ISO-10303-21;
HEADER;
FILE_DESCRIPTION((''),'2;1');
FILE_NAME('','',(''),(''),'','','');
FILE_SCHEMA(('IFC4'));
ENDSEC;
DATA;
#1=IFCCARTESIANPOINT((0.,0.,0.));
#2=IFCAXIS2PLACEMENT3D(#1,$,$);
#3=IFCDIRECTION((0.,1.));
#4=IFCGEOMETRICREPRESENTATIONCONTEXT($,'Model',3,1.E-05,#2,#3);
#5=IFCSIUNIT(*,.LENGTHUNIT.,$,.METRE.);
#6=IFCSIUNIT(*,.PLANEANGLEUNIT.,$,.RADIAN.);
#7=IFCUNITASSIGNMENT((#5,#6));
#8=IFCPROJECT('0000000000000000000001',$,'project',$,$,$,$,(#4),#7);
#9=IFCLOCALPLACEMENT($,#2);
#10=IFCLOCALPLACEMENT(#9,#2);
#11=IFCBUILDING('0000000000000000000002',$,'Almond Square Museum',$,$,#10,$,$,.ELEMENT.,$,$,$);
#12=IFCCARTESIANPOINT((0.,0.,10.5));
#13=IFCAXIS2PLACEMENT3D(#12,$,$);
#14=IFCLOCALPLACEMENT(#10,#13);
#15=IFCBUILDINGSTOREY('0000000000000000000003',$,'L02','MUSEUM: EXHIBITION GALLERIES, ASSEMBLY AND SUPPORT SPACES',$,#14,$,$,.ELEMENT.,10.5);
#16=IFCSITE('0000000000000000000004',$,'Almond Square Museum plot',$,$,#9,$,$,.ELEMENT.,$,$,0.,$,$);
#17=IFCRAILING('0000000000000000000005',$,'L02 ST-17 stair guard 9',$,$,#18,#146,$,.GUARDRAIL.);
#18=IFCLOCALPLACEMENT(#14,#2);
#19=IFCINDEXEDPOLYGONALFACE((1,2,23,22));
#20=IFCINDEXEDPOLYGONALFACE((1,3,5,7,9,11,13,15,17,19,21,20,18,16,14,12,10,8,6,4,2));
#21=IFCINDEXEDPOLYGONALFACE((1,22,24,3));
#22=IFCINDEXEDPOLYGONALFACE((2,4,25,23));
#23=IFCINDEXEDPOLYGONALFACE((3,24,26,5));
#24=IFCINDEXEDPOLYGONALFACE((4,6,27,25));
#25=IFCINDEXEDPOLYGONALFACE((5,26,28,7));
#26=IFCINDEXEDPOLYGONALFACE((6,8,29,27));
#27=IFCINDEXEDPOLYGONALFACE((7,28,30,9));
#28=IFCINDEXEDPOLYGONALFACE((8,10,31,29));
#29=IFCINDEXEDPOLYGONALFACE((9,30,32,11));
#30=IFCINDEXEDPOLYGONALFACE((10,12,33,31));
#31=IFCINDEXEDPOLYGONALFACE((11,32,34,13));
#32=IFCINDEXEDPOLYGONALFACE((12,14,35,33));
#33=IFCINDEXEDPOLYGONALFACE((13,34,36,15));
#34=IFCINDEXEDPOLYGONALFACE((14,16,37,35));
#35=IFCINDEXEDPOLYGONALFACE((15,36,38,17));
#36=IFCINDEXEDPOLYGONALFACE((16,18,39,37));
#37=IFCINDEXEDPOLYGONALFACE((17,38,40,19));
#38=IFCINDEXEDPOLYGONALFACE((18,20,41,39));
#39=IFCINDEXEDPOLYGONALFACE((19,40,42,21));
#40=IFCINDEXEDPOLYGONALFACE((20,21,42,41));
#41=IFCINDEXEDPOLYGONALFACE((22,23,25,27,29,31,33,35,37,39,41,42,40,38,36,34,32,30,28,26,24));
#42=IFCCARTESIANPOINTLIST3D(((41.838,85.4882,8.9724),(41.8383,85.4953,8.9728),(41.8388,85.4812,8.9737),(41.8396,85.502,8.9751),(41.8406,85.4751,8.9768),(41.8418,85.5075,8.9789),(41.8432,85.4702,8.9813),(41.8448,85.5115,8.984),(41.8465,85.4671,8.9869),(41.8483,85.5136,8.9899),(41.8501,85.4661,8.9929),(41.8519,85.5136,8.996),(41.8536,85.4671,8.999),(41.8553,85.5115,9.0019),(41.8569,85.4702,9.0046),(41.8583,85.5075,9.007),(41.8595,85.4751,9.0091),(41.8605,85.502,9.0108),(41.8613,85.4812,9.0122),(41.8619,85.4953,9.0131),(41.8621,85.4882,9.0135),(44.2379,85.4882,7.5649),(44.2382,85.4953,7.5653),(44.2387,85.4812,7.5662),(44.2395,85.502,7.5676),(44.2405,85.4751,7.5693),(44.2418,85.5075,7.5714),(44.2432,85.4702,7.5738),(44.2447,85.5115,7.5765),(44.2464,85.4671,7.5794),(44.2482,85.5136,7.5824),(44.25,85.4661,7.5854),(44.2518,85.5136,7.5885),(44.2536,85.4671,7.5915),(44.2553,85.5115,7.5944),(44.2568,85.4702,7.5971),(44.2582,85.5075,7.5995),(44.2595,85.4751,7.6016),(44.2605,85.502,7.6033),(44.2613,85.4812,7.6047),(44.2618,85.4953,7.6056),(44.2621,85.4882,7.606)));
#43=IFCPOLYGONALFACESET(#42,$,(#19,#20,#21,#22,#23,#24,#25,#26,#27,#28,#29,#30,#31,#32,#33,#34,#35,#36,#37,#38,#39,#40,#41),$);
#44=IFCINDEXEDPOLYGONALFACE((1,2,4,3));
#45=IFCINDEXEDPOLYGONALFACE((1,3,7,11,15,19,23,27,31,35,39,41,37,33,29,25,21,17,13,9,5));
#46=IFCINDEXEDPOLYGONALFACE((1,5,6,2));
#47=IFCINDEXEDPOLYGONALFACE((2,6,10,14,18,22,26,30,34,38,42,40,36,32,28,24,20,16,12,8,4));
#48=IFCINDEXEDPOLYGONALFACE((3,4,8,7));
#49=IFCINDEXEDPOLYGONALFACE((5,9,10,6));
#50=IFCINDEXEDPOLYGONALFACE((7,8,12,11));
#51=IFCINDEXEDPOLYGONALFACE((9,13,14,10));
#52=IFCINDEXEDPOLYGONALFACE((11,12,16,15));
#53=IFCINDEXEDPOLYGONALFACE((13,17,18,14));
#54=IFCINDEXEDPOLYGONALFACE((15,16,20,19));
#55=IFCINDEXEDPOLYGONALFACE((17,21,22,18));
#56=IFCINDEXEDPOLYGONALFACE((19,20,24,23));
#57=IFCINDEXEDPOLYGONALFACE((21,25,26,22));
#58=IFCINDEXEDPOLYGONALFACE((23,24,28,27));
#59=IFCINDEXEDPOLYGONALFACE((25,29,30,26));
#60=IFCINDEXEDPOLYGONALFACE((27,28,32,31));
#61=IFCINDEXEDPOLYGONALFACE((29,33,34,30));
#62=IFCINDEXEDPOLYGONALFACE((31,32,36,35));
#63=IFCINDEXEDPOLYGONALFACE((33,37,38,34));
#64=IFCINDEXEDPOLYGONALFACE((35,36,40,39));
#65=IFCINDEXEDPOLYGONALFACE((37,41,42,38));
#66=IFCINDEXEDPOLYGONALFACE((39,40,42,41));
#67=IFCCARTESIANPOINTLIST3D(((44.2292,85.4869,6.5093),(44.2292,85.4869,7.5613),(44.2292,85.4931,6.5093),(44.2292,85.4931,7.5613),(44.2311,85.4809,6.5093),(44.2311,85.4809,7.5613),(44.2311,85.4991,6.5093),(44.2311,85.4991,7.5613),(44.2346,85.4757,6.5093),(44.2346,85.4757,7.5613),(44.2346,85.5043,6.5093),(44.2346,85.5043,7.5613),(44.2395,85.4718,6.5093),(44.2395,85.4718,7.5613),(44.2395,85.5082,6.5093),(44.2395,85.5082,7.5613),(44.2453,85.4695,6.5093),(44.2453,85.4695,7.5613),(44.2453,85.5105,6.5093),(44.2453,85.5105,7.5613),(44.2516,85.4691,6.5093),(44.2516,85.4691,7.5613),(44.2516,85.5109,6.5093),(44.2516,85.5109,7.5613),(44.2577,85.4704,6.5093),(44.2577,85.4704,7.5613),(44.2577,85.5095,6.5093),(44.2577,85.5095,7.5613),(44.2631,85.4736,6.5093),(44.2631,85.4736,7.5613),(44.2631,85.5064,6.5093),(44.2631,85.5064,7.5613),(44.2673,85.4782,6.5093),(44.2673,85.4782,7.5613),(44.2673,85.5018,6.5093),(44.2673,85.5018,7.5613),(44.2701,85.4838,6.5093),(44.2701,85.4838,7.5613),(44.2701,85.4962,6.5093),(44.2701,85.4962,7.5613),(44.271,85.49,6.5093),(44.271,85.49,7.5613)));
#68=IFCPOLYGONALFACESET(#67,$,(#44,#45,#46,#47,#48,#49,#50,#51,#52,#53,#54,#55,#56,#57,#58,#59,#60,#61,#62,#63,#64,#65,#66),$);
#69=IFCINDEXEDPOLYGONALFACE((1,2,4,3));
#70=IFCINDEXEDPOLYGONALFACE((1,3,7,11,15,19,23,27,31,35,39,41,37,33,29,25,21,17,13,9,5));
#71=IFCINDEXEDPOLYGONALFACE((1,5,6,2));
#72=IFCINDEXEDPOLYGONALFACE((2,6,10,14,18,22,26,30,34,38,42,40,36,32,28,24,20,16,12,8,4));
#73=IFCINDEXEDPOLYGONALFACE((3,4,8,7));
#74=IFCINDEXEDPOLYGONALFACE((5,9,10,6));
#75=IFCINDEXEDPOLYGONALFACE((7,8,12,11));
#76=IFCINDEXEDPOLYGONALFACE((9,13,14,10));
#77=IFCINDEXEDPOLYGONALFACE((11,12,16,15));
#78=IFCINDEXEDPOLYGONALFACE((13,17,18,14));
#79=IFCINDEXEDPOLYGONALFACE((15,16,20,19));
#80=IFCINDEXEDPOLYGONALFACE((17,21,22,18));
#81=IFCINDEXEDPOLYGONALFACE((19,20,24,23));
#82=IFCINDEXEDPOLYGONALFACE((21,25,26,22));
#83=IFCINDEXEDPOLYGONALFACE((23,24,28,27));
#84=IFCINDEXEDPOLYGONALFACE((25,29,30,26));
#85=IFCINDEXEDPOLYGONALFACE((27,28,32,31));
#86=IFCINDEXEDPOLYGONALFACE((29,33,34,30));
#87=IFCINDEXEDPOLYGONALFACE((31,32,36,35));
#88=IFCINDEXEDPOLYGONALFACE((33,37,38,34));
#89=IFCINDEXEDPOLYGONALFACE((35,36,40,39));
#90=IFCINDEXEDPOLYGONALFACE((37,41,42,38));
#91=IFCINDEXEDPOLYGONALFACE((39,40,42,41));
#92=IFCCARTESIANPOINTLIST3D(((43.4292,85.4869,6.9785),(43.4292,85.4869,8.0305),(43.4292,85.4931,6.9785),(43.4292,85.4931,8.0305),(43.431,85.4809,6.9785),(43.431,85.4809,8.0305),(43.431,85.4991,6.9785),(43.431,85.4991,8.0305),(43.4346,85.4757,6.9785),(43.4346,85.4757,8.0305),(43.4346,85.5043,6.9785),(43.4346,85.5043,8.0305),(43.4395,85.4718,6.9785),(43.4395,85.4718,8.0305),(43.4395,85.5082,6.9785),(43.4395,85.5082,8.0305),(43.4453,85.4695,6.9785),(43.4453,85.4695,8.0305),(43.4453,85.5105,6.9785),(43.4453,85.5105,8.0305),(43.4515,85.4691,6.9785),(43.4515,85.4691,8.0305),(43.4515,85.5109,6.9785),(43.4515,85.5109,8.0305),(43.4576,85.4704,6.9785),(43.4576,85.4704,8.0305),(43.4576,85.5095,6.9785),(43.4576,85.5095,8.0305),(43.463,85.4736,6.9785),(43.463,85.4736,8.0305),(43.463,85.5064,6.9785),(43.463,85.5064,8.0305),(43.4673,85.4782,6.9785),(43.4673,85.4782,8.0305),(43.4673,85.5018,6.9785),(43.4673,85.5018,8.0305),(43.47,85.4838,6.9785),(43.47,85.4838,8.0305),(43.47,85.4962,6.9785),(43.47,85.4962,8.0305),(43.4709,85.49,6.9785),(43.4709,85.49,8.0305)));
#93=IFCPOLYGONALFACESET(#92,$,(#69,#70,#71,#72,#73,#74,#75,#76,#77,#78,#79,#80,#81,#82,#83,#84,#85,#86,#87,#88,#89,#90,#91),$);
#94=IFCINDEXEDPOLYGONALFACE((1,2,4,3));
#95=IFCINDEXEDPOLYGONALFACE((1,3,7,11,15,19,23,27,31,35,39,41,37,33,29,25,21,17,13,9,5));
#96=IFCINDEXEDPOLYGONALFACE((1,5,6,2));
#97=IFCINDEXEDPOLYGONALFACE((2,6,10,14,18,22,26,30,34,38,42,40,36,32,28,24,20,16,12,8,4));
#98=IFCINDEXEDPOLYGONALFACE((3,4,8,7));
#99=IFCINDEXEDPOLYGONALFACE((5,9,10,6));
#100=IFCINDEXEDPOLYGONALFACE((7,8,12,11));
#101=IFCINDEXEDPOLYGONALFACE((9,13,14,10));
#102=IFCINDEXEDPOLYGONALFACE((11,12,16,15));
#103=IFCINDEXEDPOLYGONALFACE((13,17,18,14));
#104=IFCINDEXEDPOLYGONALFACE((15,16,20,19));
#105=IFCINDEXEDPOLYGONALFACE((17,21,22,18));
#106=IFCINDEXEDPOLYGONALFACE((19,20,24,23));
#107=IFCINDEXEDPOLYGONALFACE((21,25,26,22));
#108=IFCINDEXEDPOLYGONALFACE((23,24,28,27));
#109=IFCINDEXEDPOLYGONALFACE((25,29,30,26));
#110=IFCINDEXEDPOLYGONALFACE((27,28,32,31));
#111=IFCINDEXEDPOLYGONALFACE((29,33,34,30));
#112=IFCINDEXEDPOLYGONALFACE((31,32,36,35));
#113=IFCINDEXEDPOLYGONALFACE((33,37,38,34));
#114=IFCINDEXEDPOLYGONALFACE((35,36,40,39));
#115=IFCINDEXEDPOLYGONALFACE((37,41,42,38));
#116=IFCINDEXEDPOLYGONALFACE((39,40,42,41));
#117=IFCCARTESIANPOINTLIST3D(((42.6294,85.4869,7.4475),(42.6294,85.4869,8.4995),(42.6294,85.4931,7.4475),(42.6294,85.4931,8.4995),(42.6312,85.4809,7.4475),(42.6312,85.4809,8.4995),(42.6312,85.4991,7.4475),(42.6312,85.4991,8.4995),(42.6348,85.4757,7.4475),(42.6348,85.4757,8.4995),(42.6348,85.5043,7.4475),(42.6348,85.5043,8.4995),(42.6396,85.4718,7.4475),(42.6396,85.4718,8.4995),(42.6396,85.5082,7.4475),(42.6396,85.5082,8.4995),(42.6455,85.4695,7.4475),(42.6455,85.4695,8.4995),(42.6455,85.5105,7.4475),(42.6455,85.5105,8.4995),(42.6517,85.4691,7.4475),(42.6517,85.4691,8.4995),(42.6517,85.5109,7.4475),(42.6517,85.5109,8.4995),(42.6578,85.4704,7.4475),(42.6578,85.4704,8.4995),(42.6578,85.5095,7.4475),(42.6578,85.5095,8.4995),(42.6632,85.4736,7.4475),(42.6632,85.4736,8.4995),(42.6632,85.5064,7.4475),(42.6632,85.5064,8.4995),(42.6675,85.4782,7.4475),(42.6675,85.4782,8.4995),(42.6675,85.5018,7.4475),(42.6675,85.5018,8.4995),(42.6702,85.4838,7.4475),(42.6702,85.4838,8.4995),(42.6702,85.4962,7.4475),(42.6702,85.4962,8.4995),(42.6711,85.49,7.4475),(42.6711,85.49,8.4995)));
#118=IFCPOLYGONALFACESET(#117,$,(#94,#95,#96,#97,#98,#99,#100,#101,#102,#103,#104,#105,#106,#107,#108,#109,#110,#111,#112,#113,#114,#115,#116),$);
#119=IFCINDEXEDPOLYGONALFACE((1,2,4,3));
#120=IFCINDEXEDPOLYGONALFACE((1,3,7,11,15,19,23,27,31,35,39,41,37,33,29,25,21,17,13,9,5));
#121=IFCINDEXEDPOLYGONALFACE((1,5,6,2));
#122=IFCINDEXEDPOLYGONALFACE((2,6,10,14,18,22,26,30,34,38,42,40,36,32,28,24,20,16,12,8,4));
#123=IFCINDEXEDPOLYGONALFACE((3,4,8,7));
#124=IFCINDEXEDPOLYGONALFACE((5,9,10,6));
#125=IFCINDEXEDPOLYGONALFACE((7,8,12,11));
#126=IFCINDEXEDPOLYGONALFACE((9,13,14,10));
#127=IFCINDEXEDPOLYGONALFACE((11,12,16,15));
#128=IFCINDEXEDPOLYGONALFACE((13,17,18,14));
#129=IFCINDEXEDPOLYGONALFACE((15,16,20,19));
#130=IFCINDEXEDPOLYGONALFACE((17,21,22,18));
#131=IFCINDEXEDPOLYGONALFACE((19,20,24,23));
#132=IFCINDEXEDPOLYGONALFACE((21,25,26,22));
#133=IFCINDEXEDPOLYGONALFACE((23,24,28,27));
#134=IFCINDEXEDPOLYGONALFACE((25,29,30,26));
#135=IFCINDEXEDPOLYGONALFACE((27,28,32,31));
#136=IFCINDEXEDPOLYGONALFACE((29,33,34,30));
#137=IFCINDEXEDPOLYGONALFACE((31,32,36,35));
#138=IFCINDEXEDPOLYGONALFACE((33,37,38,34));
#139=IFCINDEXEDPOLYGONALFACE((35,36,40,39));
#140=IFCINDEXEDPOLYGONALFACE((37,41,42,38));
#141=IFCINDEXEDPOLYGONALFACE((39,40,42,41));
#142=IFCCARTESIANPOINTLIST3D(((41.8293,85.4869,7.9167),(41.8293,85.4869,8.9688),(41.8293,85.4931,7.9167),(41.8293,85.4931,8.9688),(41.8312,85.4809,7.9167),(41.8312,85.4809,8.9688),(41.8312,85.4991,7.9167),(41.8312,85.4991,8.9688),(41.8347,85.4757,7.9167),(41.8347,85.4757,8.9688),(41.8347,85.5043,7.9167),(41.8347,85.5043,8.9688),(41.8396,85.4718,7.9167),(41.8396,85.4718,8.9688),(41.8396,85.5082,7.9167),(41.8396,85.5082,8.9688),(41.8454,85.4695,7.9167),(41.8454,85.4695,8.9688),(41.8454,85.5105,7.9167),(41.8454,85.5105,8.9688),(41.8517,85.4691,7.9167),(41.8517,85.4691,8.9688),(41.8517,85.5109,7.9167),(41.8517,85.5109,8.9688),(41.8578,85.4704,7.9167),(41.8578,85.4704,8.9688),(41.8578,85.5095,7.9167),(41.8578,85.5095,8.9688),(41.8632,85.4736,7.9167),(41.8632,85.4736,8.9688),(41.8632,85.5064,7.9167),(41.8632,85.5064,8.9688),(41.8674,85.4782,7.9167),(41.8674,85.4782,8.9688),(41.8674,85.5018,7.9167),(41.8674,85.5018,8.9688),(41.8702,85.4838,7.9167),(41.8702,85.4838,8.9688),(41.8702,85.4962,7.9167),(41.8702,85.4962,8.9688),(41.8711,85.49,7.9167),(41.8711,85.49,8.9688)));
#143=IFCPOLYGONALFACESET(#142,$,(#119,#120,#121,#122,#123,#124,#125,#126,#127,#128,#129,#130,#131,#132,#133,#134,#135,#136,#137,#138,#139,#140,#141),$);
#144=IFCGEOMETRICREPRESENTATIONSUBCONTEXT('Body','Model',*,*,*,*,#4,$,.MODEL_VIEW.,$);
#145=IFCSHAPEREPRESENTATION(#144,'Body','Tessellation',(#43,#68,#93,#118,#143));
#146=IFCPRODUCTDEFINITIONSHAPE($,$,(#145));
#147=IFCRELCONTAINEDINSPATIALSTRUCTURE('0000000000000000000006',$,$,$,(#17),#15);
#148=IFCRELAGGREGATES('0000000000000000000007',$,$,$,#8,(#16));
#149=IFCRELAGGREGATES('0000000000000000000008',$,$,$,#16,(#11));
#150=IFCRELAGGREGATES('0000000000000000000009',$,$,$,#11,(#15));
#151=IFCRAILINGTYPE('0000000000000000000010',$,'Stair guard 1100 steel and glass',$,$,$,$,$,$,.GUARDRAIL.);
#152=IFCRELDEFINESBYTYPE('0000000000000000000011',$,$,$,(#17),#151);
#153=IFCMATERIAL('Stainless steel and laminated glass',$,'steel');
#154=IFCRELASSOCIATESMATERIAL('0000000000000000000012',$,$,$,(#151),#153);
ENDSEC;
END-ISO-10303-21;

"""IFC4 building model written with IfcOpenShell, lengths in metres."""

from ifc_helpers import new_model, si_unit, direction, frame, origin, origin_2d, place, context, subcontext, project, spatial, circle, extrude, material, type_object, element, save


model = new_model("IFC4")

# Units and contexts
model_context = context("Model", 3, precision=1e-05, world=origin(), true_north=direction((0.0, 1.0)))
body_context = subcontext(model_context, "Body", "Model", "MODEL_VIEW")
ifc_project = project(units=[si_unit("LENGTHUNIT", "METRE"), si_unit("PLANEANGLEUNIT", "RADIAN")], contexts=[model_context])

# Site, building, storey
site_placement = place(None, origin())
site = spatial("IfcSite", under=ifc_project, at=site_placement, Name="Almond Square Museum plot", CompositionType="ELEMENT", RefElevation=0.0)
building_placement = place(site_placement, origin())
building = spatial("IfcBuilding", under=site, at=building_placement, Name="Almond Square Museum", CompositionType="ELEMENT")
storey_placement = place(building_placement, frame((0.0, 0.0, 10.5)))
storey = spatial("IfcBuildingStorey", under=building, at=storey_placement, Name="L02", Description="MUSEUM: EXHIBITION GALLERIES, ASSEMBLY AND SUPPORT SPACES", CompositionType="ELEMENT", Elevation=10.5)

# Railing
ifc_material_1 = material(Name="Stainless steel and laminated glass", Category="steel")
railing_type_1 = type_object("IfcRailingType", Name="Stair guard 1100 steel and glass", PredefinedType="GUARDRAIL", material=ifc_material_1)
railing_1_placement = place(storey_placement, frame((44.25, 85.49, 6.5093)))
element("IfcRailing", 1, at=railing_1_placement, inside=storey, type_object=railing_type_1, Name="L02 ST-17 stair guard 9", PredefinedType="GUARDRAIL", context=body_context, shape_type="SweptSolid", body=[
    extrude(circle(Radius=0.0239, at=origin_2d()), frame((0.0, 0.0, 1.0762), z_axis=(-0.862599, 0.0, 0.505888), x_axis=(0.0, -1.0, 0.0)), (0.0, 0.0, 1.0), 2.7822),
    extrude(circle(Radius=0.021, at=origin_2d()), origin(), (0.0, 0.0, 1.0), 1.052),
    extrude(circle(Radius=0.021, at=origin_2d()), frame((-0.8, 0.0, 0.4692)), (0.0, 0.0, 1.0), 1.052),
    extrude(circle(Radius=0.021, at=origin_2d()), frame((-1.5999, 0.0, 0.9382)), (0.0, 0.0, 1.0), 1.052),
    extrude(circle(Radius=0.021, at=origin_2d()), frame((-2.3999, 0.0, 1.4075)), (0.0, 0.0, 1.0), 1.052),
])

save(model, "model.ifc")
